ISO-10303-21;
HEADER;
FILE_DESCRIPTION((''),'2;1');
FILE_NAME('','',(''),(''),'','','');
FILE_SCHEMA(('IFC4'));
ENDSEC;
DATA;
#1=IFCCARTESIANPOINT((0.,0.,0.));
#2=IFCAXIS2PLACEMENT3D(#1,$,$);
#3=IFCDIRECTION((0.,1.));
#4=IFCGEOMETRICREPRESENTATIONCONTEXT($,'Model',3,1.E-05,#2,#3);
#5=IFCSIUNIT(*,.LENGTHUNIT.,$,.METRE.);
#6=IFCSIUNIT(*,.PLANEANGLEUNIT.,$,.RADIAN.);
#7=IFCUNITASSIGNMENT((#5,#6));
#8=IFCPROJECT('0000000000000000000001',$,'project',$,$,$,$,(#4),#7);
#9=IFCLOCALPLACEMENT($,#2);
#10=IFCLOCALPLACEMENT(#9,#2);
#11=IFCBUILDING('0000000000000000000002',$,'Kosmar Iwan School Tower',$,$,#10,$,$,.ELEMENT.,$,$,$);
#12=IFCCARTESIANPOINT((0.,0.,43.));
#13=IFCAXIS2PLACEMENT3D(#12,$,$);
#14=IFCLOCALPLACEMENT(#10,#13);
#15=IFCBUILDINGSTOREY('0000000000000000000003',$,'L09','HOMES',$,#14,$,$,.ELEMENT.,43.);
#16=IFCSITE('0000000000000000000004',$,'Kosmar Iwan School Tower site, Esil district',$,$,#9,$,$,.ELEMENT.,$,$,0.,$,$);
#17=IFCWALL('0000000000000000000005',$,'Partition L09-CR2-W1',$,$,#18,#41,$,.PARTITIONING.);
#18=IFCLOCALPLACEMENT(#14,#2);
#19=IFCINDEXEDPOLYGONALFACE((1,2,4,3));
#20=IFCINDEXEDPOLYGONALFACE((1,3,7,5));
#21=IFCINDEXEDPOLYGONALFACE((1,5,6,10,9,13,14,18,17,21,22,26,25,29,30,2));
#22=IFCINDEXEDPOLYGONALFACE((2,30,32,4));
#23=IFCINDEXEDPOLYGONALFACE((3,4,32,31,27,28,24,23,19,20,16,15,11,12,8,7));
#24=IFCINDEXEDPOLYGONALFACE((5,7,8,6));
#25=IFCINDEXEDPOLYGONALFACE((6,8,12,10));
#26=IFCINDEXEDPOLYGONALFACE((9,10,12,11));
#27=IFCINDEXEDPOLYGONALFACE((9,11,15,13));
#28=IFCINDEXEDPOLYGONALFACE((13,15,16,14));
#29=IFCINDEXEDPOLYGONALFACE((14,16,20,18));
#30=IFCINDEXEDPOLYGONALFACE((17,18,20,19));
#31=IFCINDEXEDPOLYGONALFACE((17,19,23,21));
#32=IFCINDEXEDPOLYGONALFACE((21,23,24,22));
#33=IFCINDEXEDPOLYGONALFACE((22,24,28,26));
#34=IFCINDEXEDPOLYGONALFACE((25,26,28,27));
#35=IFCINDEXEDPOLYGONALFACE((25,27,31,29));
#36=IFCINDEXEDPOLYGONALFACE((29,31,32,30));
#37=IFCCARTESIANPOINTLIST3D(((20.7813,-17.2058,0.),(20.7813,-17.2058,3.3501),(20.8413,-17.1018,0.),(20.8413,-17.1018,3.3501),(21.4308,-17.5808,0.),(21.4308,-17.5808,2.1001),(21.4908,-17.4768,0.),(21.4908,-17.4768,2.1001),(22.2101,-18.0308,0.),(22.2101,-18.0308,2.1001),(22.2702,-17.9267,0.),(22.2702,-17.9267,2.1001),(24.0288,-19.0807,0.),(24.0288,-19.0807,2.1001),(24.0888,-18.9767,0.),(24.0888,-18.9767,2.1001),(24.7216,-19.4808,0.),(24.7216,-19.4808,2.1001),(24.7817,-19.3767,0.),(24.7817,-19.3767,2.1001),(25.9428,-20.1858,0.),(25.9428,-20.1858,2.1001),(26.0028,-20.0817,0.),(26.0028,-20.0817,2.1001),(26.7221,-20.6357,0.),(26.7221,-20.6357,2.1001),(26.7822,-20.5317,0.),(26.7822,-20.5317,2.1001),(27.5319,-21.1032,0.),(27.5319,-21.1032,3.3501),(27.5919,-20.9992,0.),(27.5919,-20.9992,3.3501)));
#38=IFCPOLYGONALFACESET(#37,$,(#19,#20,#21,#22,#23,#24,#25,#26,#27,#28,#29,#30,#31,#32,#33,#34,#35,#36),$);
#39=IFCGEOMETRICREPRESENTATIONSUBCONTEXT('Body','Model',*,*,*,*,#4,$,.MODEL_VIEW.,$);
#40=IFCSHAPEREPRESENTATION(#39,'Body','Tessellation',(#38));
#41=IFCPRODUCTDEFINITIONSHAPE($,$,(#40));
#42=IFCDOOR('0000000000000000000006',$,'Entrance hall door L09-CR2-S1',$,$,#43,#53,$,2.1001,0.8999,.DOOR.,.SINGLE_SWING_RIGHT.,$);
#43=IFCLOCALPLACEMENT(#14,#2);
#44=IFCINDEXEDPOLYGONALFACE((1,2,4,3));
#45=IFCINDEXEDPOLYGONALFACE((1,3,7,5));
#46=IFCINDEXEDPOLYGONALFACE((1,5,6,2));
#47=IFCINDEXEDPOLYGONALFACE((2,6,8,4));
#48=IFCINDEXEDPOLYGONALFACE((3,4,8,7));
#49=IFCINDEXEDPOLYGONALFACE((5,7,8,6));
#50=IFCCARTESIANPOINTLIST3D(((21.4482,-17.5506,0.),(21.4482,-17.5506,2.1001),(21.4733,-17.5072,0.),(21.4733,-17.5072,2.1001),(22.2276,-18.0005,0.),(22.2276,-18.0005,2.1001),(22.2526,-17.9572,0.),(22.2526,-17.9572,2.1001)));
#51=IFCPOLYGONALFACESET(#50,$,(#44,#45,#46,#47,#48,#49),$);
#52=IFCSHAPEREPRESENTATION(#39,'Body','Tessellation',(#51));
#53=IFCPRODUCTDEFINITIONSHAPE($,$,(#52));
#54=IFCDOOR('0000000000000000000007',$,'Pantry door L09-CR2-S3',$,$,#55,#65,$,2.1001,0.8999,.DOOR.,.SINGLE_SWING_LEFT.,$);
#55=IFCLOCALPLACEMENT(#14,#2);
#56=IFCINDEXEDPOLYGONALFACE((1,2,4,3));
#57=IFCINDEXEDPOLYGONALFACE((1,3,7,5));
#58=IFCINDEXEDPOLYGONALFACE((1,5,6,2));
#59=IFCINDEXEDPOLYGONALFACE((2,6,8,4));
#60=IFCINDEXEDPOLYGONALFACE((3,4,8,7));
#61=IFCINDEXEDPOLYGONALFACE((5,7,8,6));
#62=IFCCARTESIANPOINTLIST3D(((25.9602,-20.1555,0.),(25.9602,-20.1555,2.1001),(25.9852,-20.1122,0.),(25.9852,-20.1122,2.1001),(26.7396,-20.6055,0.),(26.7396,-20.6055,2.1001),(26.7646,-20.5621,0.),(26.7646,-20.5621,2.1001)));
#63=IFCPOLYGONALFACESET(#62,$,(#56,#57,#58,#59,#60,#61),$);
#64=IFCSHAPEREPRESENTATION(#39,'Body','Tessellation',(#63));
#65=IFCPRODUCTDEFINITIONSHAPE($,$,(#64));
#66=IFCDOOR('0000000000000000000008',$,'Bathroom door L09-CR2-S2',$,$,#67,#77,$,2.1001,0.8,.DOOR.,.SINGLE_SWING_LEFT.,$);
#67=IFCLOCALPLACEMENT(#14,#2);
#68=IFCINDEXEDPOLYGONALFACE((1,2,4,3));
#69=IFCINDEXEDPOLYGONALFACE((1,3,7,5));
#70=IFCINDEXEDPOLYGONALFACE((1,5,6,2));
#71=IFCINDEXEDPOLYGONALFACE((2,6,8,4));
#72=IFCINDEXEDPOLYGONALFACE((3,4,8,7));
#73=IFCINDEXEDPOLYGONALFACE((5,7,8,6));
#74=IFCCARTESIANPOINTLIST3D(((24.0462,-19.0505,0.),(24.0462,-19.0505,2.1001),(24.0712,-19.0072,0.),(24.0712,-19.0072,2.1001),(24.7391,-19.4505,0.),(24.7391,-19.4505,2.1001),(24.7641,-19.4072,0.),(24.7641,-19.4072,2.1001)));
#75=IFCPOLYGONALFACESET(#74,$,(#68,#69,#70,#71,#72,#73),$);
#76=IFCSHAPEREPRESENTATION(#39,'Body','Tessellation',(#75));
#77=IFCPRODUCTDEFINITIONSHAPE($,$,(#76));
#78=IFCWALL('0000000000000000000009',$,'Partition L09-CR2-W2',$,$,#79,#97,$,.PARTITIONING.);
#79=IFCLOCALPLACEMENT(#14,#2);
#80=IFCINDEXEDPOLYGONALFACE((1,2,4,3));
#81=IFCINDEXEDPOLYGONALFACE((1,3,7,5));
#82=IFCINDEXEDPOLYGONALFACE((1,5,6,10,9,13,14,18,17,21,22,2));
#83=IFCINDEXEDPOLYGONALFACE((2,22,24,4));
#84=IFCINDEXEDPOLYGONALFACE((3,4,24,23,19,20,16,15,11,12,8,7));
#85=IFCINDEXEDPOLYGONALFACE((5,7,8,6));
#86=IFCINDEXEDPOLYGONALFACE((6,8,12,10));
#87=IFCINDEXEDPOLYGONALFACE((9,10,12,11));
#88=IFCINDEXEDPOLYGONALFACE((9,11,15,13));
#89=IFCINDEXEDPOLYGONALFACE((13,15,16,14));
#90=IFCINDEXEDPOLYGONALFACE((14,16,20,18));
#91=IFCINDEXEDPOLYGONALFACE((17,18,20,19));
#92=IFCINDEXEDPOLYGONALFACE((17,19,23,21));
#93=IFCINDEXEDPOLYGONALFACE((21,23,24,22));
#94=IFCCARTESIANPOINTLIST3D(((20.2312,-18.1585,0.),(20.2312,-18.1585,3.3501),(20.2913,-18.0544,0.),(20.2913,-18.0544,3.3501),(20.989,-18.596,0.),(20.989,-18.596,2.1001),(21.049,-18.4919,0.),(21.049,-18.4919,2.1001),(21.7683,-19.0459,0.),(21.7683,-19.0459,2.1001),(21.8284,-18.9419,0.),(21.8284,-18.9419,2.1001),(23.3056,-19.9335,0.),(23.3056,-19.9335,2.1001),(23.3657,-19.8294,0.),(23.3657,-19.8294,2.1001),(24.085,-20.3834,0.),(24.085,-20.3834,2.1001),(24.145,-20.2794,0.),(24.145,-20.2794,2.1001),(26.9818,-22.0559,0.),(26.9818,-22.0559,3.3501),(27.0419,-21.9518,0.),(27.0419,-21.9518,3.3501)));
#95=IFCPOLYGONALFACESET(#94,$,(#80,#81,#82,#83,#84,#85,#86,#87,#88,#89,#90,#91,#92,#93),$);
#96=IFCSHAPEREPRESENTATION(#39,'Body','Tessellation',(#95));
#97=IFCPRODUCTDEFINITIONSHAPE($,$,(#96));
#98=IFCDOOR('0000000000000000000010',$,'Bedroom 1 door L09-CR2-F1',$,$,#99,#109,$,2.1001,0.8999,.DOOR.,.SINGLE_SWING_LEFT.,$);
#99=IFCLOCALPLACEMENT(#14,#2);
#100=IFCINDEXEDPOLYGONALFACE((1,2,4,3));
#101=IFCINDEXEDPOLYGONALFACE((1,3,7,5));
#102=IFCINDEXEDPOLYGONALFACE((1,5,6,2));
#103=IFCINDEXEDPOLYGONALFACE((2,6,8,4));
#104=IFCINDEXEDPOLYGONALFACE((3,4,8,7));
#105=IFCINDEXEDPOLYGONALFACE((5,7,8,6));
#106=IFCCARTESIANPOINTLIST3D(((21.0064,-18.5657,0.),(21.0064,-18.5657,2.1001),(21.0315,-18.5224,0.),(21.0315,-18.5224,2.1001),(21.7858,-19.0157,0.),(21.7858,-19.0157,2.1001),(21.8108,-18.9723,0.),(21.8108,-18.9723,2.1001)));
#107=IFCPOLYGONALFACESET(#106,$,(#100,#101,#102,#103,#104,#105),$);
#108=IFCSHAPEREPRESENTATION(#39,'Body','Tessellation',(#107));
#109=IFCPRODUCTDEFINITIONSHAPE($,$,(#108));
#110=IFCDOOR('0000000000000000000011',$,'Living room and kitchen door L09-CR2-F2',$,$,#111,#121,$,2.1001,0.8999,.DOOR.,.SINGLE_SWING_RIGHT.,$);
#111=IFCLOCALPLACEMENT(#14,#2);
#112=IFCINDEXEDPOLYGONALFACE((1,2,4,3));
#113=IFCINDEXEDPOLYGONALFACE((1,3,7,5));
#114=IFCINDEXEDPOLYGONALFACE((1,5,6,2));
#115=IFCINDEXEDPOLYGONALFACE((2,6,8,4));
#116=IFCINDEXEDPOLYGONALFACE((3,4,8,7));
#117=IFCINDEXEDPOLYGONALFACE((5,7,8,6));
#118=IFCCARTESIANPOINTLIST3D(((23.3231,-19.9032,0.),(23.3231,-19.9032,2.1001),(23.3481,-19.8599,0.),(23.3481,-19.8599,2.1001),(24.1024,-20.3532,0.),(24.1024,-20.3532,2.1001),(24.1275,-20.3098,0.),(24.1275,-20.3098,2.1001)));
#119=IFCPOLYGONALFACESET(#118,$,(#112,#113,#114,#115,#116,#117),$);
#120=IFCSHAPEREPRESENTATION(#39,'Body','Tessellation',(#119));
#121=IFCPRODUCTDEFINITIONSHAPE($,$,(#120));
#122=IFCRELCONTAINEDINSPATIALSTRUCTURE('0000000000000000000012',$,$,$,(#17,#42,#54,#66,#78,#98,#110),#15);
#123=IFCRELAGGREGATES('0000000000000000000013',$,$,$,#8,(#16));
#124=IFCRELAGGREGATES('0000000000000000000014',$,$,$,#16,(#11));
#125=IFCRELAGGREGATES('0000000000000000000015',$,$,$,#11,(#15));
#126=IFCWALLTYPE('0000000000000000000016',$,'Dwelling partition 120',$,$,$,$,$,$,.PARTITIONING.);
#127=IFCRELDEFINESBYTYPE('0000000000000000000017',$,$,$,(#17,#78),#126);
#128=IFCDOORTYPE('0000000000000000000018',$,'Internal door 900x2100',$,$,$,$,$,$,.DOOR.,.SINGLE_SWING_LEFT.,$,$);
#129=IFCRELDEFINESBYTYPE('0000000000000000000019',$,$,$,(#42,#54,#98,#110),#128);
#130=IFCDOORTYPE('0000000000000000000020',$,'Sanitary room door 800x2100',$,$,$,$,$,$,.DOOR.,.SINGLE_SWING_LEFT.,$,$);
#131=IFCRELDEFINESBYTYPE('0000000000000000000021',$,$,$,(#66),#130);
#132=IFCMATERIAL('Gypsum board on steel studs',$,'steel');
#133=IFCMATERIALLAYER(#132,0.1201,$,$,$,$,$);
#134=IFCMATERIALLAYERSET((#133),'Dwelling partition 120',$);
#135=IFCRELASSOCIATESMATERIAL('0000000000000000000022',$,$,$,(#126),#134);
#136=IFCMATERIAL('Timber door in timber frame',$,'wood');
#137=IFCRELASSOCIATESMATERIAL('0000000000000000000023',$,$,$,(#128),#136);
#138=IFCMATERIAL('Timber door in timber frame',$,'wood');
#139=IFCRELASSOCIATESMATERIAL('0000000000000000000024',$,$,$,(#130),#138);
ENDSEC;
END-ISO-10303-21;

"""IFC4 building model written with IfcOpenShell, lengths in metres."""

from ifc_helpers import new_model, si_unit, direction, frame, frame_2d, origin, place, context, subcontext, project, spatial, rectangle, extrude, material, layer, layer_set, type_object, element, fill, save


model = new_model("IFC4")

# Units and contexts
model_context = context("Model", 3, precision=1e-05, world=origin(), true_north=direction((0.0, 1.0)))
body_context = subcontext(model_context, "Body", "Model", "MODEL_VIEW")
ifc_project = project(units=[si_unit("LENGTHUNIT", "METRE"), si_unit("PLANEANGLEUNIT", "RADIAN")], contexts=[model_context])

# Site, building, storey
site_placement = place(None, origin())
site = spatial("IfcSite", under=ifc_project, at=site_placement, Name="Kosmar Iwan School Tower site, Esil district", CompositionType="ELEMENT", RefElevation=0.0)
building_placement = place(site_placement, origin())
building = spatial("IfcBuilding", under=site, at=building_placement, Name="Kosmar Iwan School Tower", CompositionType="ELEMENT")
storey_placement = place(building_placement, frame((0.0, 0.0, 43.0)))
storey = spatial("IfcBuildingStorey", under=building, at=storey_placement, Name="L09", Description="HOMES", CompositionType="ELEMENT", Elevation=43.0)

# Walls, openings, doors
ifc_material_1 = material(Name="Gypsum board on steel studs", Category="steel")
ifc_layer = layer(ifc_material_1, 0.1201)
ifc_layer_set = layer_set([ifc_layer], Name="Dwelling partition 120")
wall_type = type_object("IfcWallType", Name="Dwelling partition 120", PredefinedType="PARTITIONING", material=ifc_layer_set)
wall_1_placement = place(storey_placement, frame((20.8113, -17.1538, 0.0), z_axis=(0.0, 0.0, 1.0), x_axis=(0.86603, -0.499993, 0.0)))
wall_1 = element("IfcWall", 1, at=wall_1_placement, inside=storey, type_object=wall_type, Name="Partition L09-CR2-W1", PredefinedType="PARTITIONING", context=body_context, shape_type="SweptSolid", body=[
    extrude(rectangle(XDim=7.7949, YDim=0.1201, at=frame_2d((3.8975, 0.0))), origin(), (0.0, 0.0, 1.0), 3.3501),
])
opening_1_placement = place(wall_1_placement, frame((0.75, 0.0, 0.0)))
opening_1 = element("IfcOpeningElement", 2, at=opening_1_placement, cuts=wall_1, PredefinedType="OPENING", context=body_context, shape_type="SweptSolid", body=[
    extrude(rectangle(XDim=0.8999, YDim=2.1001, at=frame_2d((0.45, 1.05))), frame((0.0, 0.072, 0.0), z_axis=(0.0, -1.0, 0.0), x_axis=(1.0, 0.0, 0.0)), (0.0, 0.0, 1.0), 0.144),
])
opening_2_placement = place(wall_1_placement, frame((3.75, 0.0, 0.0)))
opening_2 = element("IfcOpeningElement", 3, at=opening_2_placement, cuts=wall_1, PredefinedType="OPENING", context=body_context, shape_type="SweptSolid", body=[
    extrude(rectangle(XDim=0.8, YDim=2.1001, at=frame_2d((0.3999, 1.05))), frame((0.0, 0.072, 0.0), z_axis=(0.0, -1.0, 0.0), x_axis=(1.0, 0.0, 0.0)), (0.0, 0.0, 1.0), 0.144),
])
opening_3_placement = place(wall_1_placement, frame((5.96, 0.0, 0.0)))
opening_3 = element("IfcOpeningElement", 4, at=opening_3_placement, cuts=wall_1, PredefinedType="OPENING", context=body_context, shape_type="SweptSolid", body=[
    extrude(rectangle(XDim=0.8999, YDim=2.1001, at=frame_2d((0.45, 1.05))), frame((0.0, 0.072, 0.0), z_axis=(0.0, -1.0, 0.0), x_axis=(1.0, 0.0, 0.0)), (0.0, 0.0, 1.0), 0.144),
])
ifc_material_2 = material(Name="Timber door in timber frame", Category="wood")
door_type_1 = type_object("IfcDoorType", Name="Internal door 900x2100", OperationType="SINGLE_SWING_LEFT", PredefinedType="DOOR", material=ifc_material_2)
door_1_placement = place(opening_1_placement, origin())
door_1 = element("IfcDoor", 5, at=door_1_placement, inside=storey, type_object=door_type_1, Name="Entrance hall door L09-CR2-S1", OperationType="SINGLE_SWING_RIGHT", OverallHeight=2.1001, OverallWidth=0.8999, PredefinedType="DOOR", context=body_context, shape_type="SweptSolid", body=[
    extrude(rectangle(XDim=0.8999, YDim=2.1001, at=frame_2d((0.45, 1.05))), frame((0.0, 0.0249, 0.0), z_axis=(0.0, -1.0, 0.0), x_axis=(1.0, 0.0, 0.0)), (0.0, 0.0, 1.0), 0.05),
])
fill(opening_1, door_1)
door_2_placement = place(opening_3_placement, origin())
door_2 = element("IfcDoor", 6, at=door_2_placement, inside=storey, type_object=door_type_1, Name="Pantry door L09-CR2-S3", OperationType="SINGLE_SWING_LEFT", OverallHeight=2.1001, OverallWidth=0.8999, PredefinedType="DOOR", context=body_context, shape_type="SweptSolid", body=[
    extrude(rectangle(XDim=0.8999, YDim=2.1001, at=frame_2d((0.45, 1.05))), frame((0.0, 0.0249, 0.0), z_axis=(0.0, -1.0, 0.0), x_axis=(1.0, 0.0, 0.0)), (0.0, 0.0, 1.0), 0.05),
])
fill(opening_3, door_2)
ifc_material_3 = material(Name="Timber door in timber frame", Category="wood")
door_type_2 = type_object("IfcDoorType", Name="Sanitary room door 800x2100", OperationType="SINGLE_SWING_LEFT", PredefinedType="DOOR", material=ifc_material_3)
door_3_placement = place(opening_2_placement, origin())
door_3 = element("IfcDoor", 7, at=door_3_placement, inside=storey, type_object=door_type_2, Name="Bathroom door L09-CR2-S2", OperationType="SINGLE_SWING_LEFT", OverallHeight=2.1001, OverallWidth=0.8, PredefinedType="DOOR", context=body_context, shape_type="SweptSolid", body=[
    extrude(rectangle(XDim=0.8, YDim=2.1001, at=frame_2d((0.3999, 1.05))), frame((0.0, 0.0249, 0.0), z_axis=(0.0, -1.0, 0.0), x_axis=(1.0, 0.0, 0.0)), (0.0, 0.0, 1.0), 0.05),
])
fill(opening_2, door_3)
wall_2_placement = place(storey_placement, frame((20.2612, -18.1064, 0.0), z_axis=(0.0, 0.0, 1.0), x_axis=(0.86603, -0.499993, 0.0)))
wall_2 = element("IfcWall", 8, at=wall_2_placement, inside=storey, type_object=wall_type, Name="Partition L09-CR2-W2", PredefinedType="PARTITIONING", context=body_context, shape_type="SweptSolid", body=[
    extrude(rectangle(XDim=7.7949, YDim=0.1201, at=frame_2d((3.8975, 0.0))), origin(), (0.0, 0.0, 1.0), 3.3501),
])
opening_4_placement = place(wall_2_placement, frame((0.875, 0.0, 0.0)))
opening_4 = element("IfcOpeningElement", 9, at=opening_4_placement, cuts=wall_2, PredefinedType="OPENING", context=body_context, shape_type="SweptSolid", body=[
    extrude(rectangle(XDim=0.8999, YDim=2.1001, at=frame_2d((0.45, 1.05))), frame((0.0, 0.072, 0.0), z_axis=(0.0, -1.0, 0.0), x_axis=(1.0, 0.0, 0.0)), (0.0, 0.0, 1.0), 0.144),
])
opening_5_placement = place(wall_2_placement, frame((3.55, 0.0, 0.0)))
opening_5 = element("IfcOpeningElement", 10, at=opening_5_placement, cuts=wall_2, PredefinedType="OPENING", context=body_context, shape_type="SweptSolid", body=[
    extrude(rectangle(XDim=0.8999, YDim=2.1001, at=frame_2d((0.45, 1.05))), frame((0.0, 0.072, 0.0), z_axis=(0.0, -1.0, 0.0), x_axis=(1.0, 0.0, 0.0)), (0.0, 0.0, 1.0), 0.144),
])
door_4_placement = place(opening_4_placement, origin())
door_4 = element("IfcDoor", 11, at=door_4_placement, inside=storey, type_object=door_type_1, Name="Bedroom 1 door L09-CR2-F1", OperationType="SINGLE_SWING_LEFT", OverallHeight=2.1001, OverallWidth=0.8999, PredefinedType="DOOR", context=body_context, shape_type="SweptSolid", body=[
    extrude(rectangle(XDim=0.8999, YDim=2.1001, at=frame_2d((0.45, 1.05))), frame((0.0, 0.0249, 0.0), z_axis=(0.0, -1.0, 0.0), x_axis=(1.0, 0.0, 0.0)), (0.0, 0.0, 1.0), 0.05),
])
fill(opening_4, door_4)
door_5_placement = place(opening_5_placement, origin())
door_5 = element("IfcDoor", 12, at=door_5_placement, inside=storey, type_object=door_type_1, Name="Living room and kitchen door L09-CR2-F2", OperationType="SINGLE_SWING_RIGHT", OverallHeight=2.1001, OverallWidth=0.8999, PredefinedType="DOOR", context=body_context, shape_type="SweptSolid", body=[
    extrude(rectangle(XDim=0.8999, YDim=2.1001, at=frame_2d((0.45, 1.05))), frame((0.0, 0.0249, 0.0), z_axis=(0.0, -1.0, 0.0), x_axis=(1.0, 0.0, 0.0)), (0.0, 0.0, 1.0), 0.05),
])
fill(opening_5, door_5)

save(model, "model.ifc")
